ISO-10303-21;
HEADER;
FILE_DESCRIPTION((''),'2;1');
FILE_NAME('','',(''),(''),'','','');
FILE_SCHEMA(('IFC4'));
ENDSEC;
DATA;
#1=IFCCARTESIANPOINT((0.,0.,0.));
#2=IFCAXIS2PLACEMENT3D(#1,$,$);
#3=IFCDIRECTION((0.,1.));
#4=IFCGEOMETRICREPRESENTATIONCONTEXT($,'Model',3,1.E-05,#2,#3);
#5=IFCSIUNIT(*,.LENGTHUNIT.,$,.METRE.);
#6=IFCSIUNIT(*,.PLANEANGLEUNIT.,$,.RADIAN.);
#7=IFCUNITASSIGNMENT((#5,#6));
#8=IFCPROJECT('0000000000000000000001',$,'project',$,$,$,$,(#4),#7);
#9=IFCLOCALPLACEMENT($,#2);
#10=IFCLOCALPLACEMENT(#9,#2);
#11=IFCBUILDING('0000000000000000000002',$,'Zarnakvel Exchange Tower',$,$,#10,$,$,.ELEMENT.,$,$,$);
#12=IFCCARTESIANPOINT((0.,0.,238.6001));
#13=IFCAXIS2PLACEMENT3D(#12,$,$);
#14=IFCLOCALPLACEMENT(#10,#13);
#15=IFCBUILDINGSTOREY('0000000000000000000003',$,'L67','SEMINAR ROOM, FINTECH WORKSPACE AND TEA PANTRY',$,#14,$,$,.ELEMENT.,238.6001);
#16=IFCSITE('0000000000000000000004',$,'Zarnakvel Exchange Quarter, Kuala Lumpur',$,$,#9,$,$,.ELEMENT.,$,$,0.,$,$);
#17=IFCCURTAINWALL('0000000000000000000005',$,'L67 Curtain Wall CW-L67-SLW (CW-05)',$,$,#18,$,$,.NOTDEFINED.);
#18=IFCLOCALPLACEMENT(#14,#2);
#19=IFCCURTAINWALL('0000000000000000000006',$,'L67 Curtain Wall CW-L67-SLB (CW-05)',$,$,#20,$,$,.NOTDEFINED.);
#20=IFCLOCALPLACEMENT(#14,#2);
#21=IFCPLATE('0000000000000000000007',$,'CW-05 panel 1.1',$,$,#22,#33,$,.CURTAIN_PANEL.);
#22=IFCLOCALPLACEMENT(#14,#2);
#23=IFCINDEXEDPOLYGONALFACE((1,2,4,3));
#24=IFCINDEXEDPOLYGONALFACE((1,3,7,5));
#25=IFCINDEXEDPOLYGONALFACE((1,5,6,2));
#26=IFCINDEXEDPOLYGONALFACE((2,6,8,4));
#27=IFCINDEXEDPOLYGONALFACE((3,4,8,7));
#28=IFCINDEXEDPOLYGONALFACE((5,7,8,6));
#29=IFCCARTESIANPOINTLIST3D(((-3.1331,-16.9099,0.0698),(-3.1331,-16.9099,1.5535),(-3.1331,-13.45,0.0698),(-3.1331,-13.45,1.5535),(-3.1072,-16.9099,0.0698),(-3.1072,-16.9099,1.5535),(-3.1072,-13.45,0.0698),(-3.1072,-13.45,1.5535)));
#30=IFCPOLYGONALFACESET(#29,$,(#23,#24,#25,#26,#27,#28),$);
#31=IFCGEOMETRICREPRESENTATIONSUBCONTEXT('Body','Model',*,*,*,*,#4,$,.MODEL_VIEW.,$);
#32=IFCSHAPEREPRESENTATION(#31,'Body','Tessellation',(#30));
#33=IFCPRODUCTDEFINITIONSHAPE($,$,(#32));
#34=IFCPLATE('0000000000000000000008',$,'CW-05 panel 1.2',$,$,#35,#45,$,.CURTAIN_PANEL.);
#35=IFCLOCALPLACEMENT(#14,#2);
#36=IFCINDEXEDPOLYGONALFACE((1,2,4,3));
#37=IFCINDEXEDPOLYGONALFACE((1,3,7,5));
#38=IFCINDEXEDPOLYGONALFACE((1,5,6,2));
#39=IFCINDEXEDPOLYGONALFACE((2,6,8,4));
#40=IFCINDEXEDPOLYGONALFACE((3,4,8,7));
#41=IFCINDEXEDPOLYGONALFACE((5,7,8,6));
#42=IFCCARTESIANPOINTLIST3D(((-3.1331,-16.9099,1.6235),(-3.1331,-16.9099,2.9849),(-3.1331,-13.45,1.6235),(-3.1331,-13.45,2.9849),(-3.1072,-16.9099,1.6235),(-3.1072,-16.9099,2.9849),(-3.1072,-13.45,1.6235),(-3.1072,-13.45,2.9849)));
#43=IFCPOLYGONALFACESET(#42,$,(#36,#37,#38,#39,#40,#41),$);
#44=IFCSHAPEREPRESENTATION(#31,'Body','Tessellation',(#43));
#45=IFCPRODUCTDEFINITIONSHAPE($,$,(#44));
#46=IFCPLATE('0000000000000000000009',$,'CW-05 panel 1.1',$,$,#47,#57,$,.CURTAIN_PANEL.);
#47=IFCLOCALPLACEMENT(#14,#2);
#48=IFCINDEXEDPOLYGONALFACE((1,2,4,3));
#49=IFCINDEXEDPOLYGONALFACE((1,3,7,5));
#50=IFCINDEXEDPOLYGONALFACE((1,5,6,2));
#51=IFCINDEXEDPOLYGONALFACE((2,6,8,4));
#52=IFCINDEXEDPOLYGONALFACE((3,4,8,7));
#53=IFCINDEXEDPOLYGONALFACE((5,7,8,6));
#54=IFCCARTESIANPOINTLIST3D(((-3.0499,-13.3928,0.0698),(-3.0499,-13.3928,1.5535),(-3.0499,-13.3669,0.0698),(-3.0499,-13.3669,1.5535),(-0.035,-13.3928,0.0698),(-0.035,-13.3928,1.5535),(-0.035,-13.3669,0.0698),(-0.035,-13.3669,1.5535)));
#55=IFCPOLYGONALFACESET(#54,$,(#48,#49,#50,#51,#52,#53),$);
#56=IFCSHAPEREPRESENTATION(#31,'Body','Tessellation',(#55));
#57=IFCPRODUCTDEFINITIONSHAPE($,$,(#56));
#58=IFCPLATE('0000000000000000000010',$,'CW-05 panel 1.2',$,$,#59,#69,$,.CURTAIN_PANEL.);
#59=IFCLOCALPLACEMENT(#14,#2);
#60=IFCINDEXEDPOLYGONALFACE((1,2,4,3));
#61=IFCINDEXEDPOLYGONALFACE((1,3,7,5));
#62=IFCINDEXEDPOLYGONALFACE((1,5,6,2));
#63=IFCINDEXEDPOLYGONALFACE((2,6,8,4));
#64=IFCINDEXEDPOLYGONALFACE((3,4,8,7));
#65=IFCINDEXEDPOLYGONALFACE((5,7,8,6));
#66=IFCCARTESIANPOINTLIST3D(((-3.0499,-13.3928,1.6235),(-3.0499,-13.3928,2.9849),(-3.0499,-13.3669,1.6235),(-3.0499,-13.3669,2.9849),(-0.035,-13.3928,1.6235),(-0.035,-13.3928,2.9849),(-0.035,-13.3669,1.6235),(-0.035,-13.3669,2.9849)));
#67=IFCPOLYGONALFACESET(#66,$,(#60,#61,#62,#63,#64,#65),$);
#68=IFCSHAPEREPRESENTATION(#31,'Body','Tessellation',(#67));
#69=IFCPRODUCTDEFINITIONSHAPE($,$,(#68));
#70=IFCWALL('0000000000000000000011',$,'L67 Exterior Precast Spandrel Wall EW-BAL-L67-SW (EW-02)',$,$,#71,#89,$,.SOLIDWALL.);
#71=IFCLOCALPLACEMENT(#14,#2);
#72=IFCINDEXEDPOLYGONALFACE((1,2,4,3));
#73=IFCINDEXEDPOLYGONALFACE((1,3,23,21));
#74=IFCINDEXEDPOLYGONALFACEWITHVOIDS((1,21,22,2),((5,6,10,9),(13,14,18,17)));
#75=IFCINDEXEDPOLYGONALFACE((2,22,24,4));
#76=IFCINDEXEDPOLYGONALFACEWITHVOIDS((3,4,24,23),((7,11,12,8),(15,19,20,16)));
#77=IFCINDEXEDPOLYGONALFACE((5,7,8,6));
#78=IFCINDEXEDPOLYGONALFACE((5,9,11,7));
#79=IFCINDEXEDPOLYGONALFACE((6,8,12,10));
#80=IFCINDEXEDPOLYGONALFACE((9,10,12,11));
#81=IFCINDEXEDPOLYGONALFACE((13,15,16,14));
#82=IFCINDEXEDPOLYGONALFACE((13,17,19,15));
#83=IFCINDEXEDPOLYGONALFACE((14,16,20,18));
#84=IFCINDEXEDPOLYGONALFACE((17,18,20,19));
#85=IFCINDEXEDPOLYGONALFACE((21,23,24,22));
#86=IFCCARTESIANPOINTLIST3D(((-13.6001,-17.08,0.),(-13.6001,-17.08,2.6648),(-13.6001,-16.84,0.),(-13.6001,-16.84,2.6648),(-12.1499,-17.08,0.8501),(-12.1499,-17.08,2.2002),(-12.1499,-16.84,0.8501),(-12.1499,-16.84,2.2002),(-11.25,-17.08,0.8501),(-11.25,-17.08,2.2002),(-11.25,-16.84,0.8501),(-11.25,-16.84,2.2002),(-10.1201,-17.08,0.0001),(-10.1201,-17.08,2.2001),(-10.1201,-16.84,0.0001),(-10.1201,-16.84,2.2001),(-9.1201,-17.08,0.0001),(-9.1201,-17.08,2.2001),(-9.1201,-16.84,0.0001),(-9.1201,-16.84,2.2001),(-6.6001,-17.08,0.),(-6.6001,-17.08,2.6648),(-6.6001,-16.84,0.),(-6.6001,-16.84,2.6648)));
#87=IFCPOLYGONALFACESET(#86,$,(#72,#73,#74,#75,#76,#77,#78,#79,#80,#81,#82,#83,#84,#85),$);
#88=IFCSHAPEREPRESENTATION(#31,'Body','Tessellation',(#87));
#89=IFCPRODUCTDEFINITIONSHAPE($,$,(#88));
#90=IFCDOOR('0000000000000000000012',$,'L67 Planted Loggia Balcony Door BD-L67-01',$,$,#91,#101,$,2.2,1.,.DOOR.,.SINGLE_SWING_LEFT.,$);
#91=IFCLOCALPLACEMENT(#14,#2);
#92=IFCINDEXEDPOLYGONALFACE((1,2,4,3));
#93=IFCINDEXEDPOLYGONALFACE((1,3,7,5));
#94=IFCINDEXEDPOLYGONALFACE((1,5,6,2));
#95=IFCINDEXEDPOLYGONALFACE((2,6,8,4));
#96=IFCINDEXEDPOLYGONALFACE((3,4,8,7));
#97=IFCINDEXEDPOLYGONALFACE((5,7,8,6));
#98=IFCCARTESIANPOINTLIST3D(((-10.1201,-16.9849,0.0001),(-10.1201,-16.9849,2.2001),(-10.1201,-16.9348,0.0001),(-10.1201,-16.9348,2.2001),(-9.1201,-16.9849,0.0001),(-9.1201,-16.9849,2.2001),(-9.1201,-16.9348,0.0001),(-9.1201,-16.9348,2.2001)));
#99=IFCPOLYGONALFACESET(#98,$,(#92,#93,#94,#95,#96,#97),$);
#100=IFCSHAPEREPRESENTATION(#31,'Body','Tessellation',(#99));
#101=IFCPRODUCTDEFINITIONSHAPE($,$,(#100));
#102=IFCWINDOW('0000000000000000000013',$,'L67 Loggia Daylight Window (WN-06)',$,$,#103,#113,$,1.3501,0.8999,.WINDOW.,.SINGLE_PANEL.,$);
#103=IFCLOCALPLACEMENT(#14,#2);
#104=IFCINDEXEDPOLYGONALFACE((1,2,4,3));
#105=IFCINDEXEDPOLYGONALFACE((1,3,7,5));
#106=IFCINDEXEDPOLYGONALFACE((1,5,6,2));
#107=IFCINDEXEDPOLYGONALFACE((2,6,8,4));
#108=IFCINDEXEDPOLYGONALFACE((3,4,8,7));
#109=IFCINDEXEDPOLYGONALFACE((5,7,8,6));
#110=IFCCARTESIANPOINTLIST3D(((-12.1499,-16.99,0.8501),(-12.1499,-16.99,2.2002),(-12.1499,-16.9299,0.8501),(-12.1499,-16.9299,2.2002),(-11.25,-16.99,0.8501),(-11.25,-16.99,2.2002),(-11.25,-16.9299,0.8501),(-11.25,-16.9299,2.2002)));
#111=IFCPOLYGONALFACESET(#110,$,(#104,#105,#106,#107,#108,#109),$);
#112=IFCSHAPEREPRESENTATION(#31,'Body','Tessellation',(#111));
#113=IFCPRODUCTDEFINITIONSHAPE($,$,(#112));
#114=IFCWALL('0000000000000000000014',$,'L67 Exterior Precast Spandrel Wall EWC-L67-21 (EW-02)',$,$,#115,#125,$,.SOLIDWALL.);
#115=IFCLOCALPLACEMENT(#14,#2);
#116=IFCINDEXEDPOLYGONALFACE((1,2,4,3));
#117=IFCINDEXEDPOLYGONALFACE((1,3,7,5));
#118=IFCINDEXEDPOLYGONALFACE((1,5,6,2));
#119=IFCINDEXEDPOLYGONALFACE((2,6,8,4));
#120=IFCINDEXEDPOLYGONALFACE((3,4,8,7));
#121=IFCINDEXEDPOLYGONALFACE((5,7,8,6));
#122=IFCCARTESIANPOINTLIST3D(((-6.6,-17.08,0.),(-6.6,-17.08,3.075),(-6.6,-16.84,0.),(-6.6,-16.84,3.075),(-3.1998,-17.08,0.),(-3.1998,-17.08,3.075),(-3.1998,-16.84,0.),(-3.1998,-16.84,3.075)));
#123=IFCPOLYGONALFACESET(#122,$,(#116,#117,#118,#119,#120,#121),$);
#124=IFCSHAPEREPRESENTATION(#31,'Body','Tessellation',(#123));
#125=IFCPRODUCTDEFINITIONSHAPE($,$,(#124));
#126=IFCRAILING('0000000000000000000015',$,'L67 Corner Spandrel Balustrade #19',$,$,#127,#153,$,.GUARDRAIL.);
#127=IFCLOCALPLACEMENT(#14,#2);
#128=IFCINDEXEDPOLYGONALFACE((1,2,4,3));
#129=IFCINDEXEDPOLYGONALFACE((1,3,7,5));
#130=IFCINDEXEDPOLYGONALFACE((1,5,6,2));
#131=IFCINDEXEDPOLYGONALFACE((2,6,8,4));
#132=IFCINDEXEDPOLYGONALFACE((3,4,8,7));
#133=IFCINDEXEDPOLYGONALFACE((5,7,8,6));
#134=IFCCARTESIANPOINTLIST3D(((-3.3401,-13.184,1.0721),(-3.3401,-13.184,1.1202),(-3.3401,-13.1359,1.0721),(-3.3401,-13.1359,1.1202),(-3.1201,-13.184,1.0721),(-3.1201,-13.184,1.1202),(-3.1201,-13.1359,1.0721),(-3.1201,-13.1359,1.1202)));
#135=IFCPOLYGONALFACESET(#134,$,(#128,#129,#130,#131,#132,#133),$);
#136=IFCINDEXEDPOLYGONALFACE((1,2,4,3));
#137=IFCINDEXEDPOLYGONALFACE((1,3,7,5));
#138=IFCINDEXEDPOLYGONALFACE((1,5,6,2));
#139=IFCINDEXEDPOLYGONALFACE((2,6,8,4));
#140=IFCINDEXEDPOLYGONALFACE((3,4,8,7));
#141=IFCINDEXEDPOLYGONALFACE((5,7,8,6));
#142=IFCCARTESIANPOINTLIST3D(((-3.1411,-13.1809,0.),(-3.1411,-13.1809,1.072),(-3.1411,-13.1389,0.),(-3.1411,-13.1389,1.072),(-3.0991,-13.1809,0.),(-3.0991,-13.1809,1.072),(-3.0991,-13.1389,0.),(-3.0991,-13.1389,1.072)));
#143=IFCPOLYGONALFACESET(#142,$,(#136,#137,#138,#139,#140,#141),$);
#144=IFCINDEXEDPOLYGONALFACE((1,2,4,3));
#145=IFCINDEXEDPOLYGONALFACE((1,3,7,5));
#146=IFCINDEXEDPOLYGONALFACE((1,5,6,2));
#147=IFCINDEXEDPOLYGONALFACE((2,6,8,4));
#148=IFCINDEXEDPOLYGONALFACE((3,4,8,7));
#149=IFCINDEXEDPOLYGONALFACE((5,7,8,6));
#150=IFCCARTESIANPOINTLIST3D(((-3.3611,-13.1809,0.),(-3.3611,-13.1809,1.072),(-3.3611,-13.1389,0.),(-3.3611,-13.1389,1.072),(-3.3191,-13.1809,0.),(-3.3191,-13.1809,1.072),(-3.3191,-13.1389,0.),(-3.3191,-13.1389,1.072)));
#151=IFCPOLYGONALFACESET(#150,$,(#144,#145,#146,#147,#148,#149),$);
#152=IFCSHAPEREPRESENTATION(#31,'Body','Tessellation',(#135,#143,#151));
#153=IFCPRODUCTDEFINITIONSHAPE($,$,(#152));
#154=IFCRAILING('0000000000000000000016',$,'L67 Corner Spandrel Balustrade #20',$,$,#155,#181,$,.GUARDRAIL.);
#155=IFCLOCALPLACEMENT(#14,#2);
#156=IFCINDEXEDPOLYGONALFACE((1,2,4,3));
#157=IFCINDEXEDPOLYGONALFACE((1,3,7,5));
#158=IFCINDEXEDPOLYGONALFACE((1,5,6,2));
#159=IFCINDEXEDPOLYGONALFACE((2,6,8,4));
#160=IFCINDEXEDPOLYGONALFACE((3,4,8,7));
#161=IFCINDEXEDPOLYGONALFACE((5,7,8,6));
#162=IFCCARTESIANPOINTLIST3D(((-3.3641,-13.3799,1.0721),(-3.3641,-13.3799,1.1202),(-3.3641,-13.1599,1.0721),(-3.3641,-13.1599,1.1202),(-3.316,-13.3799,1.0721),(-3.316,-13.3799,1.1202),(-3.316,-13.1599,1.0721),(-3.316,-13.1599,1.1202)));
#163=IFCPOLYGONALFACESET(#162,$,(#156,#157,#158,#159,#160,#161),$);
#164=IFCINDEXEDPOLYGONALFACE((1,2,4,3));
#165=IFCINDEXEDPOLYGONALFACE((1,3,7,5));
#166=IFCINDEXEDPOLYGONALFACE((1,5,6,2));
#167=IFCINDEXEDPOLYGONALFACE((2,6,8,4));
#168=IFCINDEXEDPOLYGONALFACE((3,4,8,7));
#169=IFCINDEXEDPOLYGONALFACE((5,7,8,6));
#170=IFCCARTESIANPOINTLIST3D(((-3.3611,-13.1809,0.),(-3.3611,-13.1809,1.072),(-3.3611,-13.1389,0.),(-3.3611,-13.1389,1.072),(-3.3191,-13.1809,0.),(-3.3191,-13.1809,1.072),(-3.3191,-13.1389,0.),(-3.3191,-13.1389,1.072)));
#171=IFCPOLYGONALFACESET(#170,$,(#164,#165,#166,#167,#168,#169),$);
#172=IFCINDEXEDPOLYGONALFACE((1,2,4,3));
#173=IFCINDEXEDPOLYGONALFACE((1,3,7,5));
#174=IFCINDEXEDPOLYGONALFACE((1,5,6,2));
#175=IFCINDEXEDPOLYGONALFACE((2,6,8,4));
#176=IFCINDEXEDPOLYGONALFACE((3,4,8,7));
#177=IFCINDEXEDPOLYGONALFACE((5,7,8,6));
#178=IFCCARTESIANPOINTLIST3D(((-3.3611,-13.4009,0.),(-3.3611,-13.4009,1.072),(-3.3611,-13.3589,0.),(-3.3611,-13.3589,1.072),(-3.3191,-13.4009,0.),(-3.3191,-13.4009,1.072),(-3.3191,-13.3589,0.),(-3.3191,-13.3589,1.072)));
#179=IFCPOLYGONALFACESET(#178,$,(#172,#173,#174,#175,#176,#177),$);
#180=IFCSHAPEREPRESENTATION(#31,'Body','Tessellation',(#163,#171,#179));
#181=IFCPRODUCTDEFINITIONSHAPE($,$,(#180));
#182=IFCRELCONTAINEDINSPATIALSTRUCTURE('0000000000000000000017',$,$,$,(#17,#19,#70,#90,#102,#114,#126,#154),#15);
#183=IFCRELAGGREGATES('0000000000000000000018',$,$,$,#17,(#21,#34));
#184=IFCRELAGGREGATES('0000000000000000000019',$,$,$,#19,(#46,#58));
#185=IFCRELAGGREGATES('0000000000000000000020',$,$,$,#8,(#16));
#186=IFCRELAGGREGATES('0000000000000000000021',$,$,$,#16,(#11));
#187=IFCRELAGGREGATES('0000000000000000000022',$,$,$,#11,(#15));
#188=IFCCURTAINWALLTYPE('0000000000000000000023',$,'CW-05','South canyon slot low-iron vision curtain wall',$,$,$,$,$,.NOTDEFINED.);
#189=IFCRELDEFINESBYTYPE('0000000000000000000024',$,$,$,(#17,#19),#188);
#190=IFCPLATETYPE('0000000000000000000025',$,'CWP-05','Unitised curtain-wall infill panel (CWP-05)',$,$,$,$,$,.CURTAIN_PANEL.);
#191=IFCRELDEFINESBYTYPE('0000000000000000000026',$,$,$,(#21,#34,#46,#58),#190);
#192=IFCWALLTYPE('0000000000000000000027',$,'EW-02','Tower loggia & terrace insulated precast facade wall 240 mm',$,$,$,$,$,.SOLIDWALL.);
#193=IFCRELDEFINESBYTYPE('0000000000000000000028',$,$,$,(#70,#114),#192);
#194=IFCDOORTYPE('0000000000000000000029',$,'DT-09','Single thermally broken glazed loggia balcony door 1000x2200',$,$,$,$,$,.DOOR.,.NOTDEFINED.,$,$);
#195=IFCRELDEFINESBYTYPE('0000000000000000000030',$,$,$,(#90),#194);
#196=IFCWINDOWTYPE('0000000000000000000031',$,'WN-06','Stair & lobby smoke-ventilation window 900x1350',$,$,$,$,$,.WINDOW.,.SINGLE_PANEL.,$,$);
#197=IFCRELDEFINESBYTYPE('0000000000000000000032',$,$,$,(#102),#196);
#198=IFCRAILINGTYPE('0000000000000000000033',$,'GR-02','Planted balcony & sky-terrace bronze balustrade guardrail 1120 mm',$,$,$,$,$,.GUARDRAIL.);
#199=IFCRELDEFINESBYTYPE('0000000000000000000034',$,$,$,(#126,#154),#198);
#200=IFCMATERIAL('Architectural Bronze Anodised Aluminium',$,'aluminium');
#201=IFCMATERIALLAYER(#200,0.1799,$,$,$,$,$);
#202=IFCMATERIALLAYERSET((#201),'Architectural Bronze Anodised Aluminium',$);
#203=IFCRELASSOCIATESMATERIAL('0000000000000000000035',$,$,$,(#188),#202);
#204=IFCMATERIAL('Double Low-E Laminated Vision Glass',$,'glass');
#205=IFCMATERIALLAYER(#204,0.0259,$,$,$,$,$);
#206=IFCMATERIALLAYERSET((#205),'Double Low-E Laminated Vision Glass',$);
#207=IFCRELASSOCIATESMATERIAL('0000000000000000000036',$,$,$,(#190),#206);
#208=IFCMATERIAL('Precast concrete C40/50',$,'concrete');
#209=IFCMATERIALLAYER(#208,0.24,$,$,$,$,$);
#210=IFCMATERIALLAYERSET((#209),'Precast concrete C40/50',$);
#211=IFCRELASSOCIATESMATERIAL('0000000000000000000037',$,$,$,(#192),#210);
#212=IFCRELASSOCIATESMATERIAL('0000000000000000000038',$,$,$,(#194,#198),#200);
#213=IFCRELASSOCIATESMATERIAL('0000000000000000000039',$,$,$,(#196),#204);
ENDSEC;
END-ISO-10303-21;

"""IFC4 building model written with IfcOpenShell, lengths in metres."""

from ifc_helpers import new_model, si_unit, direction, frame, frame_2d, origin, origin_2d, place, context, subcontext, project, spatial, rectangle, extrude, source, transform, mapped, material, layer, layer_set, type_object, element, fill, aggregate, save


model = new_model("IFC4")

# Units and contexts
model_context = context("Model", 3, precision=1e-05, world=origin(), true_north=direction((0.0, 1.0)))
body_context = subcontext(model_context, "Body", "Model", "MODEL_VIEW")
ifc_project = project(units=[si_unit("LENGTHUNIT", "METRE"), si_unit("PLANEANGLEUNIT", "RADIAN")], contexts=[model_context])

# Site, building, storey
site_placement = place(None, origin())
site = spatial("IfcSite", under=ifc_project, at=site_placement, Name="Zarnakvel Exchange Quarter, Kuala Lumpur", CompositionType="ELEMENT", RefElevation=0.0)
building_placement = place(site_placement, origin())
building = spatial("IfcBuilding", under=site, at=building_placement, Name="Zarnakvel Exchange Tower", CompositionType="ELEMENT")
storey_placement = place(building_placement, frame((0.0, 0.0, 238.6001)))
storey = spatial("IfcBuildingStorey", under=building, at=storey_placement, Name="L67", Description="SEMINAR ROOM, FINTECH WORKSPACE AND TEA PANTRY", CompositionType="ELEMENT", Elevation=238.6001)

# Curtain walls
ifc_material_1 = material(Name="Architectural Bronze Anodised Aluminium", Category="aluminium")
ifc_layer_1 = layer(ifc_material_1, 0.1799)
ifc_layer_set_1 = layer_set([ifc_layer_1], Name="Architectural Bronze Anodised Aluminium")
curtain_wall_type = type_object("IfcCurtainWallType", Name="CW-05", Description="South canyon slot low-iron vision curtain wall", PredefinedType="NOTDEFINED", material=ifc_layer_set_1)
curtain_wall_1_placement = place(storey_placement, origin())
curtain_wall_1 = element("IfcCurtainWall", 1, at=curtain_wall_1_placement, inside=storey, type_object=curtain_wall_type, Name="L67 Curtain Wall CW-L67-SLW (CW-05)", PredefinedType="NOTDEFINED")
curtain_wall_2_placement = place(storey_placement, origin())
curtain_wall_2 = element("IfcCurtainWall", 2, at=curtain_wall_2_placement, inside=storey, type_object=curtain_wall_type, Name="L67 Curtain Wall CW-L67-SLB (CW-05)", PredefinedType="NOTDEFINED")

# Plates
ifc_material_2 = material(Name="Double Low-E Laminated Vision Glass", Category="glass")
ifc_layer_2 = layer(ifc_material_2, 0.0259)
ifc_layer_set_2 = layer_set([ifc_layer_2], Name="Double Low-E Laminated Vision Glass")
plate_type = type_object("IfcPlateType", Name="CWP-05", Description="Unitised curtain-wall infill panel (CWP-05)", PredefinedType="CURTAIN_PANEL", material=ifc_layer_set_2)
shared_shape_1 = source(origin(), body_context, "Body", "SweptSolid", [
    extrude(rectangle(XDim=3.46, YDim=0.0259, at=origin_2d()), origin(), (0.0, 0.0, 1.0), 1.4836),
])
plate_1_placement = place(storey_placement, frame((-3.1201, -15.1799, 0.0698), z_axis=(0.0, 0.0, 1.0), x_axis=(0.0, 1.0, 0.0)))
plate_1 = element("IfcPlate", 3, at=plate_1_placement, type_object=plate_type, Name="CW-05 panel 1.1", PredefinedType="CURTAIN_PANEL", context=body_context, shape_type="MappedRepresentation", body=[
    mapped(shared_shape_1, transform((0.0, 0.0, 0.0), x_axis=(1.0, 0.0, 0.0), y_axis=(0.0, 1.0, 0.0), z_axis=(0.0, 0.0, 1.0), scale=1.0)),
])
shared_shape_2 = source(origin(), body_context, "Body", "SweptSolid", [
    extrude(rectangle(XDim=3.46, YDim=0.0259, at=origin_2d()), origin(), (0.0, 0.0, 1.0), 1.3613),
])
plate_2_placement = place(storey_placement, frame((-3.1201, -15.1799, 1.6235), z_axis=(0.0, 0.0, 1.0), x_axis=(0.0, 1.0, 0.0)))
plate_2 = element("IfcPlate", 4, at=plate_2_placement, type_object=plate_type, Name="CW-05 panel 1.2", PredefinedType="CURTAIN_PANEL", context=body_context, shape_type="MappedRepresentation", body=[
    mapped(shared_shape_2, transform((0.0, 0.0, 0.0), x_axis=(1.0, 0.0, 0.0), y_axis=(0.0, 1.0, 0.0), z_axis=(0.0, 0.0, 1.0), scale=1.0)),
])
aggregate(curtain_wall_1, [plate_1, plate_2])
shared_shape_3 = source(origin(), body_context, "Body", "SweptSolid", [
    extrude(rectangle(XDim=3.0149, YDim=0.0259, at=origin_2d()), origin(), (0.0, 0.0, 1.0), 1.4836),
])
plate_3_placement = place(storey_placement, frame((-1.5425, -13.3799, 0.0698), z_axis=(0.0, 0.0, 1.0), x_axis=(1.0, 0.0, 0.0)))
plate_3 = element("IfcPlate", 5, at=plate_3_placement, type_object=plate_type, Name="CW-05 panel 1.1", PredefinedType="CURTAIN_PANEL", context=body_context, shape_type="MappedRepresentation", body=[
    mapped(shared_shape_3, transform((0.0, 0.0, 0.0), x_axis=(1.0, 0.0, 0.0), y_axis=(0.0, 1.0, 0.0), z_axis=(0.0, 0.0, 1.0), scale=1.0)),
])
shared_shape_4 = source(origin(), body_context, "Body", "SweptSolid", [
    extrude(rectangle(XDim=3.0149, YDim=0.0259, at=origin_2d()), origin(), (0.0, 0.0, 1.0), 1.3613),
])
plate_4_placement = place(storey_placement, frame((-1.5425, -13.3799, 1.6235), z_axis=(0.0, 0.0, 1.0), x_axis=(1.0, 0.0, 0.0)))
plate_4 = element("IfcPlate", 6, at=plate_4_placement, type_object=plate_type, Name="CW-05 panel 1.2", PredefinedType="CURTAIN_PANEL", context=body_context, shape_type="MappedRepresentation", body=[
    mapped(shared_shape_4, transform((0.0, 0.0, 0.0), x_axis=(1.0, 0.0, 0.0), y_axis=(0.0, 1.0, 0.0), z_axis=(0.0, 0.0, 1.0), scale=1.0)),
])
aggregate(curtain_wall_2, [plate_3, plate_4])

# Wall, openings, door, window
ifc_material_3 = material(Name="Precast concrete C40/50", Category="concrete")
ifc_layer_3 = layer(ifc_material_3, 0.24)
ifc_layer_set_3 = layer_set([ifc_layer_3], Name="Precast concrete C40/50")
wall_type = type_object("IfcWallType", Name="EW-02", Description="Tower loggia & terrace insulated precast facade wall 240 mm", PredefinedType="SOLIDWALL", material=ifc_layer_set_3)
wall_1_placement = place(storey_placement, frame((-6.6001, -16.96, 0.0), z_axis=(0.0, 0.0, 1.0), x_axis=(-1.0, 0.0, 0.0)))
wall_1 = element("IfcWall", 7, at=wall_1_placement, inside=storey, type_object=wall_type, Name="L67 Exterior Precast Spandrel Wall EW-BAL-L67-SW (EW-02)", PredefinedType="SOLIDWALL", context=body_context, shape_type="SweptSolid", body=[
    extrude(rectangle(XDim=7.0, YDim=0.24, at=frame_2d((3.5, 0.0))), origin(), (0.0, 0.0, 1.0), 2.6648),
])
opening_1_placement = place(wall_1_placement, frame((2.52, 0.0, 0.0)))
opening_1 = element("IfcOpeningElement", 8, at=opening_1_placement, cuts=wall_1, PredefinedType="OPENING", context=body_context, shape_type="SweptSolid", body=[
    extrude(rectangle(XDim=1.0, YDim=2.2, at=frame_2d((0.5, 1.1001))), frame((0.0, 0.1299, 0.0), z_axis=(0.0, -1.0, 0.0), x_axis=(1.0, 0.0, 0.0)), (0.0, 0.0, 1.0), 0.26),
])
opening_2_placement = place(wall_1_placement, frame((4.6499, 0.0, 0.8501)))
opening_2 = element("IfcOpeningElement", 9, at=opening_2_placement, cuts=wall_1, PredefinedType="OPENING", context=body_context, shape_type="SweptSolid", body=[
    extrude(rectangle(XDim=0.8999, YDim=1.3501, at=frame_2d((0.45, 0.675))), frame((0.0, 0.1299, 0.0), z_axis=(0.0, -1.0, 0.0), x_axis=(1.0, 0.0, 0.0)), (0.0, 0.0, 1.0), 0.26),
])
door_type = type_object("IfcDoorType", Name="DT-09", Description="Single thermally broken glazed loggia balcony door 1000x2200", OperationType="NOTDEFINED", PredefinedType="DOOR", material=ifc_material_1)
shared_shape_5 = source(origin(), body_context, "Body", "SweptSolid", [
    extrude(rectangle(XDim=1.0, YDim=2.2, at=frame_2d((0.5, 1.1001))), frame((0.0, 0.0249, 0.0), z_axis=(0.0, -1.0, 0.0), x_axis=(1.0, 0.0, 0.0)), (0.0, 0.0, 1.0), 0.05),
])
door_placement = place(opening_1_placement, origin())
door = element("IfcDoor", 10, at=door_placement, inside=storey, type_object=door_type, Name="L67 Planted Loggia Balcony Door BD-L67-01", OperationType="SINGLE_SWING_LEFT", OverallHeight=2.2, OverallWidth=1.0, PredefinedType="DOOR", context=body_context, shape_type="MappedRepresentation", body=[
    mapped(shared_shape_5, transform((0.0, 0.0, 0.0), x_axis=(1.0, 0.0, 0.0), y_axis=(0.0, 1.0, 0.0), z_axis=(0.0, 0.0, 1.0), scale=1.0)),
])
fill(opening_1, door)
window_type = type_object("IfcWindowType", Name="WN-06", Description="Stair & lobby smoke-ventilation window 900x1350", PartitioningType="SINGLE_PANEL", PredefinedType="WINDOW", material=ifc_material_2)
shared_shape_6 = source(origin(), body_context, "Body", "SweptSolid", [
    extrude(rectangle(XDim=0.8999, YDim=1.3501, at=frame_2d((0.45, 0.675))), frame((0.0, 0.03, 0.0), z_axis=(0.0, -1.0, 0.0), x_axis=(1.0, 0.0, 0.0)), (0.0, 0.0, 1.0), 0.0601),
])
window_placement = place(opening_2_placement, origin())
window = element("IfcWindow", 11, at=window_placement, inside=storey, type_object=window_type, Name="L67 Loggia Daylight Window (WN-06)", OverallHeight=1.3501, OverallWidth=0.8999, PartitioningType="SINGLE_PANEL", PredefinedType="WINDOW", context=body_context, shape_type="MappedRepresentation", body=[
    mapped(shared_shape_6, transform((0.0, 0.0, 0.0), x_axis=(1.0, 0.0, 0.0), y_axis=(0.0, 1.0, 0.0), z_axis=(0.0, 0.0, 1.0), scale=1.0)),
])
fill(opening_2, window)

# Wall
wall_2_placement = place(storey_placement, frame((-6.6001, -16.96, 0.0), z_axis=(0.0, 0.0, 1.0), x_axis=(1.0, 0.0, 0.0)))
element("IfcWall", 12, at=wall_2_placement, inside=storey, type_object=wall_type, Name="L67 Exterior Precast Spandrel Wall EWC-L67-21 (EW-02)", PredefinedType="SOLIDWALL", context=body_context, shape_type="SweptSolid", body=[
    extrude(rectangle(XDim=3.4001, YDim=0.24, at=frame_2d((1.7002, 0.0))), origin(), (0.0, 0.0, 1.0), 3.075),
])

# Railings
railing_type = type_object("IfcRailingType", Name="GR-02", Description="Planted balcony & sky-terrace bronze balustrade guardrail 1120 mm", PredefinedType="GUARDRAIL", material=ifc_material_1)
railing_1_placement = place(storey_placement, frame((-3.1201, -13.1599, 0.0)))
element("IfcRailing", 13, at=railing_1_placement, inside=storey, type_object=railing_type, Name="L67 Corner Spandrel Balustrade #19", PredefinedType="GUARDRAIL", context=body_context, shape_type="SweptSolid", body=[
    extrude(rectangle(XDim=0.0481, YDim=0.0481, at=origin_2d()), frame((0.0, 0.0, 1.0962), z_axis=(-1.0, 0.0, 0.0), x_axis=(0.0, -1.0, 0.0)), (0.0, 0.0, 1.0), 0.22),
    extrude(rectangle(XDim=0.042, YDim=0.042, at=origin_2d()), origin(), (0.0, 0.0, 1.0), 1.072),
    extrude(rectangle(XDim=0.042, YDim=0.042, at=origin_2d()), frame((-0.22, 0.0, 0.0)), (0.0, 0.0, 1.0), 1.072),
])
railing_2_placement = place(storey_placement, frame((-3.3401, -13.1599, 0.0)))
element("IfcRailing", 14, at=railing_2_placement, inside=storey, type_object=railing_type, Name="L67 Corner Spandrel Balustrade #20", PredefinedType="GUARDRAIL", context=body_context, shape_type="SweptSolid", body=[
    extrude(rectangle(XDim=0.0481, YDim=0.0481, at=origin_2d()), frame((0.0, 0.0, 1.0962), z_axis=(0.0, -1.0, 0.0), x_axis=(1.0, 0.0, 0.0)), (0.0, 0.0, 1.0), 0.22),
    extrude(rectangle(XDim=0.042, YDim=0.042, at=origin_2d()), origin(), (0.0, 0.0, 1.0), 1.072),
    extrude(rectangle(XDim=0.042, YDim=0.042, at=origin_2d()), frame((0.0, -0.22, 0.0)), (0.0, 0.0, 1.0), 1.072),
])

save(model, "model.ifc")
